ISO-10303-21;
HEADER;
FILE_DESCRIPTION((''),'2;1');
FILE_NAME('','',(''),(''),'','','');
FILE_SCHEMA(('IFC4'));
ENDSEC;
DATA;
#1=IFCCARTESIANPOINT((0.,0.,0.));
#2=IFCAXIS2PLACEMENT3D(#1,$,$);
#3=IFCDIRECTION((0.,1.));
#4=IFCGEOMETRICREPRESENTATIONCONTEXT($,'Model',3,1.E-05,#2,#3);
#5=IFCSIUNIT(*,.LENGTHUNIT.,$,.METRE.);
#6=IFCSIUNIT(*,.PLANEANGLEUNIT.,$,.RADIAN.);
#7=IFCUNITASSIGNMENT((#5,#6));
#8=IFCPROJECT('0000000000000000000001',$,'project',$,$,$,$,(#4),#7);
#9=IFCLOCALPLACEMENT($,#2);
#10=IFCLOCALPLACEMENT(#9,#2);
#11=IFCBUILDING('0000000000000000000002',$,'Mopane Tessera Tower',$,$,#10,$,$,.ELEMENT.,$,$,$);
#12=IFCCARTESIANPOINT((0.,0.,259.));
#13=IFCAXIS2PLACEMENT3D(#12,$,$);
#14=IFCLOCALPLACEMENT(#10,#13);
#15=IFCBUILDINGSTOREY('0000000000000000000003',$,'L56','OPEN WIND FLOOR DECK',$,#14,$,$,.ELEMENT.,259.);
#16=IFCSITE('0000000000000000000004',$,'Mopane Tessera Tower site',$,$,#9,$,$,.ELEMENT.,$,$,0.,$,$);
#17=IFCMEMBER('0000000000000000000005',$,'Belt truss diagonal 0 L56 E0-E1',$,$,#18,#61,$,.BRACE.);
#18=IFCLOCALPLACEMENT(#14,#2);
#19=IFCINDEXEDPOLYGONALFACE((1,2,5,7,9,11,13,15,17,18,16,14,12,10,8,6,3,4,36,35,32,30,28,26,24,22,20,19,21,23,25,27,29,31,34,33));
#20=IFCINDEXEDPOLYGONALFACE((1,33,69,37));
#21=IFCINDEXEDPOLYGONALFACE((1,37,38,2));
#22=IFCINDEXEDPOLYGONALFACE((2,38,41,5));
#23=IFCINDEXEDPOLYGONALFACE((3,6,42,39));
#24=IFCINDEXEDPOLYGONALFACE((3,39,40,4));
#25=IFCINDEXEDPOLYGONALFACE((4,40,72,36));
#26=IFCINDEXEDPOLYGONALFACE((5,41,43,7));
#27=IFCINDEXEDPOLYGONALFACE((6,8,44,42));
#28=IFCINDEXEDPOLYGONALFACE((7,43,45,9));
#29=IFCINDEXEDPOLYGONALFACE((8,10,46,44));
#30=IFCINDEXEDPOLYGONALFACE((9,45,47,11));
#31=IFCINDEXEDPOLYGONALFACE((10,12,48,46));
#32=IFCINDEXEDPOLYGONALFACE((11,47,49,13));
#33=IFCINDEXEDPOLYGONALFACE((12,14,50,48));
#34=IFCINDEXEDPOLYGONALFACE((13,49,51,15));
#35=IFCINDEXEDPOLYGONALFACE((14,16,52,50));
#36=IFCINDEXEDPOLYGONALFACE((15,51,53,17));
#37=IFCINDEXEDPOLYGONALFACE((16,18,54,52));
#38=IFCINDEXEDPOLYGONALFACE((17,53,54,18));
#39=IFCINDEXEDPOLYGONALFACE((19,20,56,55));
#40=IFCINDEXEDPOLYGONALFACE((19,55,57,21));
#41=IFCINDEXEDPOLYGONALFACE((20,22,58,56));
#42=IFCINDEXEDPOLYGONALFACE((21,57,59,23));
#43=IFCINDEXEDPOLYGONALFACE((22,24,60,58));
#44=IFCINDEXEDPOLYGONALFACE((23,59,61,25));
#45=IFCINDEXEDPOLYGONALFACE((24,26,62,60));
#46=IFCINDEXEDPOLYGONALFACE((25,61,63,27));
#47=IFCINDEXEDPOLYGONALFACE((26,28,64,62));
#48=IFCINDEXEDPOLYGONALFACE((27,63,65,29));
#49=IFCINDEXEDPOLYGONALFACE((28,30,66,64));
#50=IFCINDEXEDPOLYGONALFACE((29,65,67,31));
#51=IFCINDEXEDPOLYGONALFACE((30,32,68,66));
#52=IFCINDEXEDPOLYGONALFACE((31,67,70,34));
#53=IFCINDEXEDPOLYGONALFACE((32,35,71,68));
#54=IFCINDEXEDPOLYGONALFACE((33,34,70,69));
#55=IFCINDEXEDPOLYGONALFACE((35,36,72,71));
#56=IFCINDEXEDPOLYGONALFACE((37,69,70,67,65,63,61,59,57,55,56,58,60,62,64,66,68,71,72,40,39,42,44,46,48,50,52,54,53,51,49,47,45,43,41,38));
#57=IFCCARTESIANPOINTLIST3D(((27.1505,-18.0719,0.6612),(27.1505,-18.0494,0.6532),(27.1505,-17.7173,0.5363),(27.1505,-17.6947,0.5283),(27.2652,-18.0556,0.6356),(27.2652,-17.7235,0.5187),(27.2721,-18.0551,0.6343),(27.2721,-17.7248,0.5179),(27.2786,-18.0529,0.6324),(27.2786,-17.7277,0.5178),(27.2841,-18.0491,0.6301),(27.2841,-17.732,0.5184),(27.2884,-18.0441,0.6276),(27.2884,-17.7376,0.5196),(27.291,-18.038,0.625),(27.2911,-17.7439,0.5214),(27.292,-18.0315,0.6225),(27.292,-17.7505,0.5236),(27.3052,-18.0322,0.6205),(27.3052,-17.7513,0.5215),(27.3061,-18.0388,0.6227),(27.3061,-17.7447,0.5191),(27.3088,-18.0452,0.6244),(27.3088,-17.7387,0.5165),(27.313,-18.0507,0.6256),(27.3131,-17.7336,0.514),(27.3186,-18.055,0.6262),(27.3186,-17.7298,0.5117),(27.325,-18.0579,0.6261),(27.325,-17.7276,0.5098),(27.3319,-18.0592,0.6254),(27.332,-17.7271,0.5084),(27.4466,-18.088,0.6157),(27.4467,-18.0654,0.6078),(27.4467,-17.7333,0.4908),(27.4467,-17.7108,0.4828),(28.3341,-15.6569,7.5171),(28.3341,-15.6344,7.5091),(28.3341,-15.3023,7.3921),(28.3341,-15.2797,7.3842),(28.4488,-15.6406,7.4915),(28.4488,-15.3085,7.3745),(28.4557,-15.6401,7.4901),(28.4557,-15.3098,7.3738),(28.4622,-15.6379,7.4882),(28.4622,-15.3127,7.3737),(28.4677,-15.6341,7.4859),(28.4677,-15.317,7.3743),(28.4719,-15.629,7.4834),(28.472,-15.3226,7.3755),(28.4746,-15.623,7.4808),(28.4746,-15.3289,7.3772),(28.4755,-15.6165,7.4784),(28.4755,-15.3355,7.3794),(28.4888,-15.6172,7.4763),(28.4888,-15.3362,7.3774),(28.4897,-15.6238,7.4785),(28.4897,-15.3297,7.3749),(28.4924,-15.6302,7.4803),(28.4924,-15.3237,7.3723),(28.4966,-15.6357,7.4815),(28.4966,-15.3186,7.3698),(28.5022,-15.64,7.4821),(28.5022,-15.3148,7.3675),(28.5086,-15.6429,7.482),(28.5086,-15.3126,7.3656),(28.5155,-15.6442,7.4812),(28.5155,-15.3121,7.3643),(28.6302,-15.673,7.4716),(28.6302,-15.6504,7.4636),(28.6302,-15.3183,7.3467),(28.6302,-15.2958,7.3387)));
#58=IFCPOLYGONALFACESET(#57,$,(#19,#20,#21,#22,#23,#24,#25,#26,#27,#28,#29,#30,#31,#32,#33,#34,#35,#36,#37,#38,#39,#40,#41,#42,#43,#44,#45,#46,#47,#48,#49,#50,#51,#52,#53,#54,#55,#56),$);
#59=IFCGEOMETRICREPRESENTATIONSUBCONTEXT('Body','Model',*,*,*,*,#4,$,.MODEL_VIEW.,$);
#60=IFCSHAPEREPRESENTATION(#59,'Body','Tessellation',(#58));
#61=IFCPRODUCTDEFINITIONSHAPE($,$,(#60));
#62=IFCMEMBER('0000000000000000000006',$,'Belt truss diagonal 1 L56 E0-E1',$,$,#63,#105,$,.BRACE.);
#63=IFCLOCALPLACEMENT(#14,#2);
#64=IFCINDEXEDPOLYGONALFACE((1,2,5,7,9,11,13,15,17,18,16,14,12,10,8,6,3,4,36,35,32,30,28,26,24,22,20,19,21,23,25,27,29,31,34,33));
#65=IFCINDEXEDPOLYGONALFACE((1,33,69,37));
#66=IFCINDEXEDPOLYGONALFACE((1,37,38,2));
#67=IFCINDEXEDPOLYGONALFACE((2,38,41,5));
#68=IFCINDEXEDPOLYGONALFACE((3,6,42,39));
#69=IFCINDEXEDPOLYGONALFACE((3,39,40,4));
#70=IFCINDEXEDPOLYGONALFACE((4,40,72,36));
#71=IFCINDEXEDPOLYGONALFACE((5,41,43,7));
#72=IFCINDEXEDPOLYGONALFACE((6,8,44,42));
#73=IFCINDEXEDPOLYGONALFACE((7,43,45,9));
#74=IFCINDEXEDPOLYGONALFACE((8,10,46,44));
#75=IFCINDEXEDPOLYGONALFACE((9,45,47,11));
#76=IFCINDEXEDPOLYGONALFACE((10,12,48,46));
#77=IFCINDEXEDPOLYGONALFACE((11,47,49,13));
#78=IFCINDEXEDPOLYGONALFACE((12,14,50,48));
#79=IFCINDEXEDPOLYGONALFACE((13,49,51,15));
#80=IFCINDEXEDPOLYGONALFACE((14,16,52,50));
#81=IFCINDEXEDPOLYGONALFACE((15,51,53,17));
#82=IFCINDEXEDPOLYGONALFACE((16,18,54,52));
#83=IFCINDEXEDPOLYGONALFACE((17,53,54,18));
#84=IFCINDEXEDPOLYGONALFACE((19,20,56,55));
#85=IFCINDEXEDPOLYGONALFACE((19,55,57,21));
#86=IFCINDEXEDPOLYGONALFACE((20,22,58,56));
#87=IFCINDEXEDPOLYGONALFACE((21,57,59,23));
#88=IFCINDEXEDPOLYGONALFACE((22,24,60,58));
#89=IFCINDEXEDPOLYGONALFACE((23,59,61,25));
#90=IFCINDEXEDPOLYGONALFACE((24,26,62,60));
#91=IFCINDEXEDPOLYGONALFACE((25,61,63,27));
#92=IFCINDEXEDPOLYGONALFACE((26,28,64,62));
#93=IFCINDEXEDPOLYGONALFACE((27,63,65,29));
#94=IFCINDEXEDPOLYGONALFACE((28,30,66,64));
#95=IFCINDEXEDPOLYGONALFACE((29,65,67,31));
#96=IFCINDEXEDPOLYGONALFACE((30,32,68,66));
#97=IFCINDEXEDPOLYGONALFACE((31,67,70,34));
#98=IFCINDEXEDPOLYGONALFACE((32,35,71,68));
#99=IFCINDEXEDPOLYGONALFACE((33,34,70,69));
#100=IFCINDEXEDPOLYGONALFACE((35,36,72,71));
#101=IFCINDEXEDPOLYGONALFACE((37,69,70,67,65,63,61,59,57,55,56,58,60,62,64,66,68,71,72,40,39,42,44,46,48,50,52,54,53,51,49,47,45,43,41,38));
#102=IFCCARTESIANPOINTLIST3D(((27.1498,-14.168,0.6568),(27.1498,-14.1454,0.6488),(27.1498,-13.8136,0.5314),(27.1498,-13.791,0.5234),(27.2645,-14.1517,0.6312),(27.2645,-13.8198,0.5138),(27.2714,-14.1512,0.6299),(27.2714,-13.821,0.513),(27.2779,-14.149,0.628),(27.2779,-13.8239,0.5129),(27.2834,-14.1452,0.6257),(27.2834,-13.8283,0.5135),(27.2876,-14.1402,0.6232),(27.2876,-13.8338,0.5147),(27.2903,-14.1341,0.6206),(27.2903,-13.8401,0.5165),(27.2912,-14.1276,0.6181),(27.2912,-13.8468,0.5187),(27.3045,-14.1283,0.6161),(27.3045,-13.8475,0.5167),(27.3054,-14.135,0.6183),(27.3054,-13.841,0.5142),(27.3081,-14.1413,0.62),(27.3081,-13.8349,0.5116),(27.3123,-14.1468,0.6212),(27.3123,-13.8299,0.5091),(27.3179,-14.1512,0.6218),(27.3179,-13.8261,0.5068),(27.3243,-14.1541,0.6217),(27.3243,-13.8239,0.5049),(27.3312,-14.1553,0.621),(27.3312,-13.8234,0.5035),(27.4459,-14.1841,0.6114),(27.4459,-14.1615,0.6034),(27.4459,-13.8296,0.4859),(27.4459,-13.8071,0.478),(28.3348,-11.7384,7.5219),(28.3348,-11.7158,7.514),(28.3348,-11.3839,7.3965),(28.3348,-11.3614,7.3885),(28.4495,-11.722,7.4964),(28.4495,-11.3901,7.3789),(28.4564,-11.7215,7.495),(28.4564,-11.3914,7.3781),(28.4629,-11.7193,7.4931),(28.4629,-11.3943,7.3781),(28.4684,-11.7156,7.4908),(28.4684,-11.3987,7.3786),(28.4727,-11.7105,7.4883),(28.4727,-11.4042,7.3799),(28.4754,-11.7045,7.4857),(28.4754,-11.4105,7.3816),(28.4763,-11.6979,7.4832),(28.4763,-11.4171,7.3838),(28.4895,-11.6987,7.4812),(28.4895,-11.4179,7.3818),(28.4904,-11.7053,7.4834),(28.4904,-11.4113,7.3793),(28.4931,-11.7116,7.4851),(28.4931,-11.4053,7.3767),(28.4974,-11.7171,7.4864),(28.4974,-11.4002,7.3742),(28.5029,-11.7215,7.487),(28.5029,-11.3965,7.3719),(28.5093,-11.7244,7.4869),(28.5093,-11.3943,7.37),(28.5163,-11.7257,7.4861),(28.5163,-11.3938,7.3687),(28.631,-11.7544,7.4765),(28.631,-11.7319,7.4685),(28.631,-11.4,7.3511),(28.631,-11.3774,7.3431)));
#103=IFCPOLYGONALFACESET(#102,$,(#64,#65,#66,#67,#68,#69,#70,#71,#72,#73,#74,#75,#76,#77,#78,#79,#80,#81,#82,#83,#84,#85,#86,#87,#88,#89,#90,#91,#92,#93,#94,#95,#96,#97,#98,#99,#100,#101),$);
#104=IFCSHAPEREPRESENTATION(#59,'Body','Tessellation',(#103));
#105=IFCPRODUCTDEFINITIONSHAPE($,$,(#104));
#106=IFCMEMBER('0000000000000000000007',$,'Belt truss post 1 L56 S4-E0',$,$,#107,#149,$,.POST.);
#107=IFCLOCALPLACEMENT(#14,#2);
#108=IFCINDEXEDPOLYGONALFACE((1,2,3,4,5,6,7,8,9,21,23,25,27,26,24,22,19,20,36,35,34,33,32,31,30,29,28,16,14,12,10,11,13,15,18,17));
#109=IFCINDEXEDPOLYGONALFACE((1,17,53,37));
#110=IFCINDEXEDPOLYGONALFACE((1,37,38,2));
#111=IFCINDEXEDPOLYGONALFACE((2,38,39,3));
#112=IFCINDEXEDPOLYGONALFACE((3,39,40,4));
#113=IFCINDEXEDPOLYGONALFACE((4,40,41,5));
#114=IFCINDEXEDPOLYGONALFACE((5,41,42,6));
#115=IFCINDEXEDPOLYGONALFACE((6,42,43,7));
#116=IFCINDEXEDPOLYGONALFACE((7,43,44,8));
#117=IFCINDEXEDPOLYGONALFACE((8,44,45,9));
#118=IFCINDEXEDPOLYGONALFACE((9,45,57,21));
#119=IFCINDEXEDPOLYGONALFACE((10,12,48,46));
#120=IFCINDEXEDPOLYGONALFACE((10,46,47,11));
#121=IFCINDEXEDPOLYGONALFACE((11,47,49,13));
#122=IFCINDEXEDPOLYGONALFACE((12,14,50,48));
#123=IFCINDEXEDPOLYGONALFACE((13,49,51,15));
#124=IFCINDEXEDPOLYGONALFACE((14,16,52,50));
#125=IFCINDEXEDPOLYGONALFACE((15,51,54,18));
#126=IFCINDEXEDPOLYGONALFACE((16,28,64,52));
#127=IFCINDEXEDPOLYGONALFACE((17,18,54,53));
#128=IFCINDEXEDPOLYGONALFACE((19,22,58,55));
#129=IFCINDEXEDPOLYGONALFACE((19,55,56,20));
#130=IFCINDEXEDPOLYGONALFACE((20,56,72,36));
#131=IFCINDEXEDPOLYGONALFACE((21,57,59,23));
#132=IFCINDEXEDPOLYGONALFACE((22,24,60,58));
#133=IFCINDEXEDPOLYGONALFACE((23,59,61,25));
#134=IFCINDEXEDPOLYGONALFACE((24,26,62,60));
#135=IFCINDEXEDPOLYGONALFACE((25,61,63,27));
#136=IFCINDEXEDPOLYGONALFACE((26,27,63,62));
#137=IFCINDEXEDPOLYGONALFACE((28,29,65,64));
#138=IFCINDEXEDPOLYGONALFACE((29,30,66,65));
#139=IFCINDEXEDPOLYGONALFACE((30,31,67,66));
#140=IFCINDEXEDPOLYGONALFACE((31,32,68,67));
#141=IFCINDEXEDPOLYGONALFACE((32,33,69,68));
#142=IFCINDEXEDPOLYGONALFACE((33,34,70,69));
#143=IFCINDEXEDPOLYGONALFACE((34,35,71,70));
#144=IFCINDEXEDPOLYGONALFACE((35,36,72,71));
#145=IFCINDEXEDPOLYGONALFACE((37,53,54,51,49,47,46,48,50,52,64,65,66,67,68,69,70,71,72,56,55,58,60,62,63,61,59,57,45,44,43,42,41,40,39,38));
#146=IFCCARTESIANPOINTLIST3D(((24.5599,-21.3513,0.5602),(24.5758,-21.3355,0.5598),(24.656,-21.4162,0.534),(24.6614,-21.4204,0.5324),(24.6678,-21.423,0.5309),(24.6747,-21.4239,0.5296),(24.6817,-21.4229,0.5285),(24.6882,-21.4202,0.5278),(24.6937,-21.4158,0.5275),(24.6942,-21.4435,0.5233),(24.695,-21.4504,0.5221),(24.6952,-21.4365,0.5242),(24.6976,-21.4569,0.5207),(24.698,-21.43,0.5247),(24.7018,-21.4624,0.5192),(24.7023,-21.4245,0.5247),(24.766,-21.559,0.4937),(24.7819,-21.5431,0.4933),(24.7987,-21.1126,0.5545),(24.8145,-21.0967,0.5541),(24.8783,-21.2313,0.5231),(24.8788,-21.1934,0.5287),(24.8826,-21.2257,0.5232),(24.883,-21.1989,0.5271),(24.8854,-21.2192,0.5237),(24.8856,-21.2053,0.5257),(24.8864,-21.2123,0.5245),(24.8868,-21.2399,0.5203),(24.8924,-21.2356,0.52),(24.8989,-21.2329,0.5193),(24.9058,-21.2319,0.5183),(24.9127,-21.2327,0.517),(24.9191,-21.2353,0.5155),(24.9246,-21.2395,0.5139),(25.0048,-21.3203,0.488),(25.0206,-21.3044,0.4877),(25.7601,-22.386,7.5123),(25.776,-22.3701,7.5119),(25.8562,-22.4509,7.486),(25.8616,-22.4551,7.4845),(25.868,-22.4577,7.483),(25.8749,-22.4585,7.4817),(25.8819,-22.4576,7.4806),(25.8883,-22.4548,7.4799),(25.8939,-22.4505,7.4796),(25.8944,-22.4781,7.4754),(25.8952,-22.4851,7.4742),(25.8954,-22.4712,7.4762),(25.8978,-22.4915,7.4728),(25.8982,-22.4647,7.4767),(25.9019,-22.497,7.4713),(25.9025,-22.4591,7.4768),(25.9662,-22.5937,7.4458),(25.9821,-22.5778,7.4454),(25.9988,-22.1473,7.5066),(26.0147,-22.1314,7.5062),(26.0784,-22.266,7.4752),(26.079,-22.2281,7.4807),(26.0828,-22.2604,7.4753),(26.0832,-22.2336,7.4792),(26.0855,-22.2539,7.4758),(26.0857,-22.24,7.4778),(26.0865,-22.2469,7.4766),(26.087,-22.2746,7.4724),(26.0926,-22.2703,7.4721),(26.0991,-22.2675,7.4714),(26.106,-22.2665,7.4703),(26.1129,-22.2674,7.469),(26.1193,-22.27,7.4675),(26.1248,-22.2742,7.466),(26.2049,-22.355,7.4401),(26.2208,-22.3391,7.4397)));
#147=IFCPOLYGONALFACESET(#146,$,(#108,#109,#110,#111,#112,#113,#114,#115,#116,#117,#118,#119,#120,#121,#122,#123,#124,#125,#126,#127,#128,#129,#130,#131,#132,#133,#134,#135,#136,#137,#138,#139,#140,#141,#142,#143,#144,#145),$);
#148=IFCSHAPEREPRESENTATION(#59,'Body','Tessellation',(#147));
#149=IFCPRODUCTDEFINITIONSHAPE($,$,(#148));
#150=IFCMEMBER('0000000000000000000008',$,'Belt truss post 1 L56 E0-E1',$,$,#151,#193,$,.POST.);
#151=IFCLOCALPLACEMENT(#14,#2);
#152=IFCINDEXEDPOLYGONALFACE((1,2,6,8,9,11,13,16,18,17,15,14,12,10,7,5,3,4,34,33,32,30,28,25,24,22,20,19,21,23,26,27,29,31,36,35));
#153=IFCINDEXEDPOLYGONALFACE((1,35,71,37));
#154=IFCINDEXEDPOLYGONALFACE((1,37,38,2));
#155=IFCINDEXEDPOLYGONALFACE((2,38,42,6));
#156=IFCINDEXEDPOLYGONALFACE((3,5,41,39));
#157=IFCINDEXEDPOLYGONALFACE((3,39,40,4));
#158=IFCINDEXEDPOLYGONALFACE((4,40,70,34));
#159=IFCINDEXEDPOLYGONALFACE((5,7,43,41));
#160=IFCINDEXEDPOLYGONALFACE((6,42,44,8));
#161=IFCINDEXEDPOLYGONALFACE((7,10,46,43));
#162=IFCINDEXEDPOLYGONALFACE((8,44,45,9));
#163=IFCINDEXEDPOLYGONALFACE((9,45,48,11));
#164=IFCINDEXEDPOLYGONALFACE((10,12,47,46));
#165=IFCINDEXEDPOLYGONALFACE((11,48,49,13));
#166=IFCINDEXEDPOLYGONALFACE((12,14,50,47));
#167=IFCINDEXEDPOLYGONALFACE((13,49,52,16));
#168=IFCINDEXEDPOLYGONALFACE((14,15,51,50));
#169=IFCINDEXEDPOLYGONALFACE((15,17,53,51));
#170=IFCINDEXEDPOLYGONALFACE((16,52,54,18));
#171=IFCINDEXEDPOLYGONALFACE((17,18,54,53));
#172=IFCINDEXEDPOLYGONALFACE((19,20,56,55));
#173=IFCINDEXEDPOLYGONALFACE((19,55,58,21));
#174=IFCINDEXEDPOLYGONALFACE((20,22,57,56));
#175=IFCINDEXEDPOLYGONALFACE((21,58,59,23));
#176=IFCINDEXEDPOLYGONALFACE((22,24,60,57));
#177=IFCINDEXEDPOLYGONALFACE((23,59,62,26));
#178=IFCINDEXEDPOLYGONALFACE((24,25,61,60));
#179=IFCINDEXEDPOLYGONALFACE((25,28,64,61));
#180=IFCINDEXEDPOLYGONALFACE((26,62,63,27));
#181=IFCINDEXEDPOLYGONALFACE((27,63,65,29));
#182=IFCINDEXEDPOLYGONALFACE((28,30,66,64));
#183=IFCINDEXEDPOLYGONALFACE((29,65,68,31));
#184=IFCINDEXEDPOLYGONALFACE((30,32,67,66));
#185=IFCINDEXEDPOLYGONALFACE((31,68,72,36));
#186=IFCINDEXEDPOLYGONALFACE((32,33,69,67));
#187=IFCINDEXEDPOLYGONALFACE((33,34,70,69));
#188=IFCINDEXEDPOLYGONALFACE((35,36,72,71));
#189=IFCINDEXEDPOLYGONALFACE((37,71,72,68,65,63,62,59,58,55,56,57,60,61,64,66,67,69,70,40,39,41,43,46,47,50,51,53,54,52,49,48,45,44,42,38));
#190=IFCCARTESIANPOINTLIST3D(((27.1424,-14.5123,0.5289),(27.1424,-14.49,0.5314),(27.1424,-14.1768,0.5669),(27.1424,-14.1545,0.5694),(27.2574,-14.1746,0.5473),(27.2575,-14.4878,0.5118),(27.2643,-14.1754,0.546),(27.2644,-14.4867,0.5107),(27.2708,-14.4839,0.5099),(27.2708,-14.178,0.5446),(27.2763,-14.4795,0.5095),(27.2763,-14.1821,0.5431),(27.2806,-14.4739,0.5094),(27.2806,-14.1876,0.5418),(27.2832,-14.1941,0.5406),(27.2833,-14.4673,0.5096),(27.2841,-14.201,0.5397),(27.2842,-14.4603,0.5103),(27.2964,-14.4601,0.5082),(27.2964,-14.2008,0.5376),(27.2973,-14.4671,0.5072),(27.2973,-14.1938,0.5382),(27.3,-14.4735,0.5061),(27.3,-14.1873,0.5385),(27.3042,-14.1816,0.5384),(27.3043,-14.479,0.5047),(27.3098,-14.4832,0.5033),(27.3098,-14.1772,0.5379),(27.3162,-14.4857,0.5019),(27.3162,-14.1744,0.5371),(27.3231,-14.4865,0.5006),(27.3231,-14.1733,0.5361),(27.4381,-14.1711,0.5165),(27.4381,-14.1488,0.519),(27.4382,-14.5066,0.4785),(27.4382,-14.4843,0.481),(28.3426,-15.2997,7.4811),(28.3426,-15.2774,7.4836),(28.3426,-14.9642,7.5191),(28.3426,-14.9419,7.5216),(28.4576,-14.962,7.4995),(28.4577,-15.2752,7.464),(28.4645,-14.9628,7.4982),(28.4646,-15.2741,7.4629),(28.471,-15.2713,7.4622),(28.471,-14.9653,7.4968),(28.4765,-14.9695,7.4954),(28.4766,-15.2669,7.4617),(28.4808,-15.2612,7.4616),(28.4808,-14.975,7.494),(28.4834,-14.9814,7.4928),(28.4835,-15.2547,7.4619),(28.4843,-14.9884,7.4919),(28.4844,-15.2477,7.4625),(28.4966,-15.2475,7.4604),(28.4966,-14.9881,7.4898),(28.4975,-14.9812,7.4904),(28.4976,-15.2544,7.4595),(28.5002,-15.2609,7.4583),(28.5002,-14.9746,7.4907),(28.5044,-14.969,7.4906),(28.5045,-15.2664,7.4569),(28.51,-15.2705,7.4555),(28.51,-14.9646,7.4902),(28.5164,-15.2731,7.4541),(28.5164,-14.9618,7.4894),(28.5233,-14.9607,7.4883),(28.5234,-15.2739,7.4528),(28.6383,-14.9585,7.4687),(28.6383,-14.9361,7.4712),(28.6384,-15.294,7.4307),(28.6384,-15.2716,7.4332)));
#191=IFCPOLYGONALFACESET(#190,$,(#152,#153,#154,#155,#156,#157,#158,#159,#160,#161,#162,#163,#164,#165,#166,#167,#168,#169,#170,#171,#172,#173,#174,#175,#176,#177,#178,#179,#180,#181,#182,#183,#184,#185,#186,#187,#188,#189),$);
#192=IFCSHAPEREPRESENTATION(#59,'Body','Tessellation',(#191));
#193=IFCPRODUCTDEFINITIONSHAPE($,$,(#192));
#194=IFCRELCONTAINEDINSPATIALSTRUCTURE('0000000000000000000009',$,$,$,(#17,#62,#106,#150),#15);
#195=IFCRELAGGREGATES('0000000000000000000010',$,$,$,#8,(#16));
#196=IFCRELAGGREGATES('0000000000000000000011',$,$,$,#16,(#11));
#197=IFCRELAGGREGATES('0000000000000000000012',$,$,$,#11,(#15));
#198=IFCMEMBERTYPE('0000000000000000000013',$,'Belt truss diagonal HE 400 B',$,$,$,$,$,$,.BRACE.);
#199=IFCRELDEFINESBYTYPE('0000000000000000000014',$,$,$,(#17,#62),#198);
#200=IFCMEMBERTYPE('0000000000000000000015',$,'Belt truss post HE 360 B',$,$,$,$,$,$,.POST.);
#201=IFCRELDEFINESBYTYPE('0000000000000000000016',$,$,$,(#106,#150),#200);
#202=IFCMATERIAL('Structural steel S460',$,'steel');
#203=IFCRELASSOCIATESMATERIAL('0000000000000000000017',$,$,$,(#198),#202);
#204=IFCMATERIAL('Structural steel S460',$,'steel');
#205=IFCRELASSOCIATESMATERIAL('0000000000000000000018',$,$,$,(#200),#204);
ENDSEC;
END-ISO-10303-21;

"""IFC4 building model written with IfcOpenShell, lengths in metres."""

from ifc_helpers import new_model, si_unit, direction, frame, origin, origin_2d, place, context, subcontext, project, spatial, i_section, extrude, material, material_profile, profile_set, type_object, element, save


model = new_model("IFC4")

# Units and contexts
model_context = context("Model", 3, precision=1e-05, world=origin(), true_north=direction((0.0, 1.0)))
body_context = subcontext(model_context, "Body", "Model", "MODEL_VIEW")
ifc_project = project(units=[si_unit("LENGTHUNIT", "METRE"), si_unit("PLANEANGLEUNIT", "RADIAN")], contexts=[model_context])

# Site, building, storey
site_placement = place(None, origin())
site = spatial("IfcSite", under=ifc_project, at=site_placement, Name="Mopane Tessera Tower site", CompositionType="ELEMENT", RefElevation=0.0)
building_placement = place(site_placement, origin())
building = spatial("IfcBuilding", under=site, at=building_placement, Name="Mopane Tessera Tower", CompositionType="ELEMENT")
storey_placement = place(building_placement, frame((0.0, 0.0, 259.0)))
storey = spatial("IfcBuildingStorey", under=building, at=storey_placement, Name="L56", Description="OPEN WIND FLOOR DECK", CompositionType="ELEMENT", Elevation=259.0)

# Members
ifc_material_1 = material(Name="Structural steel S460", Category="steel")
ifc_material_profile_1 = material_profile(ifc_material_1, i_section(OverallWidth=0.3, OverallDepth=0.3999, WebThickness=0.0134, FlangeThickness=0.0239, FilletRadius=0.0271, at=origin_2d()))
ifc_profile_set_1 = profile_set([ifc_material_profile_1], Name="Structural steel S460")
member_type_1 = type_object("IfcMemberType", Name="Belt truss diagonal HE 400 B", PredefinedType="BRACE", material=ifc_profile_set_1)
member_1_placement = place(storey_placement, frame((27.2986, -17.8914, 0.572), z_axis=(0.160714, 0.327925, 0.930933), x_axis=(-0.987001, 0.053441, 0.151568)))
element("IfcMember", 1, at=member_1_placement, inside=storey, type_object=member_type_1, Name="Belt truss diagonal 0 L56 E0-E1", PredefinedType="BRACE", context=body_context, shape_type="SweptSolid", body=[
    extrude(i_section(OverallWidth=0.3, OverallDepth=0.3999, WebThickness=0.0134, FlangeThickness=0.0239, FilletRadius=0.0271, at=origin_2d()), origin(), (0.0, 0.0, 1.0), 7.3645),
])
member_2_placement = place(storey_placement, frame((27.2979, -13.9875, 0.5674), z_axis=(0.160614, 0.329302, 0.930464), x_axis=(-0.987017, 0.053583, 0.151413)))
element("IfcMember", 2, at=member_2_placement, inside=storey, type_object=member_type_1, Name="Belt truss diagonal 1 L56 E0-E1", PredefinedType="BRACE", context=body_context, shape_type="SweptSolid", body=[
    extrude(i_section(OverallWidth=0.3, OverallDepth=0.3999, WebThickness=0.0134, FlangeThickness=0.0239, FilletRadius=0.0271, at=origin_2d()), origin(), (0.0, 0.0, 1.0), 7.3782),
])
ifc_material_2 = material(Name="Structural steel S460", Category="steel")
ifc_material_profile_2 = material_profile(ifc_material_2, i_section(OverallWidth=0.3, OverallDepth=0.3601, WebThickness=0.0125, FlangeThickness=0.0225, FilletRadius=0.0271, at=origin_2d()))
ifc_profile_set_2 = profile_set([ifc_material_profile_2], Name="Structural steel S460")
member_type_2 = type_object("IfcMemberType", Name="Belt truss post HE 360 B", PredefinedType="POST", material=ifc_profile_set_2)
member_3_placement = place(storey_placement, frame((24.7903, -21.3279, 0.5239), z_axis=(0.16832, -0.145105, 0.974994), x_axis=(-0.686891, 0.692154, 0.221594)))
element("IfcMember", 3, at=member_3_placement, inside=storey, type_object=member_type_2, Name="Belt truss post 1 L56 S4-E0", PredefinedType="POST", context=body_context, shape_type="SweptSolid", body=[
    extrude(i_section(OverallWidth=0.3, OverallDepth=0.3601, WebThickness=0.0125, FlangeThickness=0.0225, FilletRadius=0.0271, at=origin_2d()), origin(), (0.0, 0.0, 1.0), 7.1304),
])
member_4_placement = place(storey_placement, frame((27.2903, -14.3306, 0.5239), z_axis=(0.169071, -0.110914, 0.979343), x_axis=(-0.985604, -0.019141, 0.167984)))
element("IfcMember", 4, at=member_4_placement, inside=storey, type_object=member_type_2, Name="Belt truss post 1 L56 E0-E1", PredefinedType="POST", context=body_context, shape_type="SweptSolid", body=[
    extrude(i_section(OverallWidth=0.3, OverallDepth=0.3601, WebThickness=0.0125, FlangeThickness=0.0225, FilletRadius=0.0271, at=origin_2d()), origin(), (0.0, 0.0, 1.0), 7.0989),
])

save(model, "model.ifc")
